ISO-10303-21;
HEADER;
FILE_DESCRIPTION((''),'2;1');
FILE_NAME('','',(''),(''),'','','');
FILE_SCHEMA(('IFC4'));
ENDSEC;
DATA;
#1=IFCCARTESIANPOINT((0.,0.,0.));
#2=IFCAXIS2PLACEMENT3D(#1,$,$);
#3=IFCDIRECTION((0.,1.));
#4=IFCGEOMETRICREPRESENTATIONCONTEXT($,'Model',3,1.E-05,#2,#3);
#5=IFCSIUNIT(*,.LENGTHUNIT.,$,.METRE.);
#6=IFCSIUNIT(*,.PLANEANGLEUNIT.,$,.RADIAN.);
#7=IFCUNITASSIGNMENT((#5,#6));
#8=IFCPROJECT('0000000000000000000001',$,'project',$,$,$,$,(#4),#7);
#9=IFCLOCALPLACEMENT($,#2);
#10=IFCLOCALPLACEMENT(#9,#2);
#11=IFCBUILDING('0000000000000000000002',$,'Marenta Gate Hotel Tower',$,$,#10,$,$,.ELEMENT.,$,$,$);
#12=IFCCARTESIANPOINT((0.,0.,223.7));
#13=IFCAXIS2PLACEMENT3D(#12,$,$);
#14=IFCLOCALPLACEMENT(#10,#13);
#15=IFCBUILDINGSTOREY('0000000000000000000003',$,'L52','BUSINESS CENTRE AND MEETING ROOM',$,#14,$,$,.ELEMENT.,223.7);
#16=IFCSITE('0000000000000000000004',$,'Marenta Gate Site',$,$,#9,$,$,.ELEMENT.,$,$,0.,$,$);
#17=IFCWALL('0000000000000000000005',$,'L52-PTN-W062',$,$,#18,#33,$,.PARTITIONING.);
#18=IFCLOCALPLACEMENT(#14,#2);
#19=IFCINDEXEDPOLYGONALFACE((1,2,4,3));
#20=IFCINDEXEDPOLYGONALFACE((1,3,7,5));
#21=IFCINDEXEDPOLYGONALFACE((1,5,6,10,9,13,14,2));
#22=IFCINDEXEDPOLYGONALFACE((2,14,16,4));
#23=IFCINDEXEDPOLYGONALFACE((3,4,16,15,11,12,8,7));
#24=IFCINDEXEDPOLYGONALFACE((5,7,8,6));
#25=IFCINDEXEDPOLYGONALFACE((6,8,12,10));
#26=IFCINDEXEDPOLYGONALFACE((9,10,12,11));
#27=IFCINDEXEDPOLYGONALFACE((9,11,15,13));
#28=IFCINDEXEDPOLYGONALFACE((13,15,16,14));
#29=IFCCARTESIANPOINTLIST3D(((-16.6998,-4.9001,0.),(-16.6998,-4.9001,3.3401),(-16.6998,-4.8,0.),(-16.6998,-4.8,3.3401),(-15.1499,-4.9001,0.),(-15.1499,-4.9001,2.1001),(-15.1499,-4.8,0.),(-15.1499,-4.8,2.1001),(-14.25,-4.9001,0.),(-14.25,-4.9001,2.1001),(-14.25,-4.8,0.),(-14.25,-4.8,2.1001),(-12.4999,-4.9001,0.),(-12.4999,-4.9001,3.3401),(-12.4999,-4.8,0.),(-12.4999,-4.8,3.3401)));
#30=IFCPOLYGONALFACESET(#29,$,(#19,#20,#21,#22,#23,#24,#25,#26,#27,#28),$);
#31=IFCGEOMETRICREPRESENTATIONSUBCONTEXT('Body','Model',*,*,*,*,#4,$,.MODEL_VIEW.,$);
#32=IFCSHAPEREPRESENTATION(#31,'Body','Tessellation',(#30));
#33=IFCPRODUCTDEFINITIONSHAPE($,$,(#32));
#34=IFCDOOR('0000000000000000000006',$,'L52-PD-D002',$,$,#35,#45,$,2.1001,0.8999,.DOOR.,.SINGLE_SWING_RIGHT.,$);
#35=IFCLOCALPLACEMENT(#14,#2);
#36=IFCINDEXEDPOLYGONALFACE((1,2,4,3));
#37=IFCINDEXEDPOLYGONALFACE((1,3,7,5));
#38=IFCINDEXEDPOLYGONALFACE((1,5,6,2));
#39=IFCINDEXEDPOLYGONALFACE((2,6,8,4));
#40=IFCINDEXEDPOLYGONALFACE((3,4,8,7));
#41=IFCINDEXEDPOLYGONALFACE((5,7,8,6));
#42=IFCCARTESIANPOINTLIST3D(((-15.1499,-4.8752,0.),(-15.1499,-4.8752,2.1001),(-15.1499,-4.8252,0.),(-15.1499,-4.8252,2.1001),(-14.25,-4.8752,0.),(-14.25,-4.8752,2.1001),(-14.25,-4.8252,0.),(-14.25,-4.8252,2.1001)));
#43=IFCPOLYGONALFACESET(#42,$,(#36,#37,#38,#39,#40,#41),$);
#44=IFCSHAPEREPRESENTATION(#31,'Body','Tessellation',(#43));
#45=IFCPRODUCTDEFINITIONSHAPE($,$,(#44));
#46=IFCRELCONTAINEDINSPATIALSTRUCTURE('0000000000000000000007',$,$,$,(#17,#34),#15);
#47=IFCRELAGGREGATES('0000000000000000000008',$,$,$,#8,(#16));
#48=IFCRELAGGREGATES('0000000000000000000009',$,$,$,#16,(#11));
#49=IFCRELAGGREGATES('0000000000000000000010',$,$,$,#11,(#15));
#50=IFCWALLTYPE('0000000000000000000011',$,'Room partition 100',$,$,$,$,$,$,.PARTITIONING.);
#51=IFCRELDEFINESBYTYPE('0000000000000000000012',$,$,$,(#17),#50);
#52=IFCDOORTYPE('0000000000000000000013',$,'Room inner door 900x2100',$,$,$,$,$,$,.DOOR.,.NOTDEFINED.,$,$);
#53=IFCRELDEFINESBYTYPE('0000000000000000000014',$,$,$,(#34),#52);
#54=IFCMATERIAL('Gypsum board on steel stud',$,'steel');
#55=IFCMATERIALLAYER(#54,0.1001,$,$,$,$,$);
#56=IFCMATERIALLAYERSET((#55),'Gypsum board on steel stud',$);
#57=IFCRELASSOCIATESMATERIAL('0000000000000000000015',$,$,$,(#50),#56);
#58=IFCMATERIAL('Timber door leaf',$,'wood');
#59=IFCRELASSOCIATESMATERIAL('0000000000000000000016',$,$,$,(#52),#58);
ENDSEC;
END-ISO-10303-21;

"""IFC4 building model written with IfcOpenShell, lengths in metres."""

from ifc_helpers import new_model, si_unit, direction, frame, frame_2d, origin, place, context, subcontext, project, spatial, rectangle, extrude, material, layer, layer_set, type_object, element, fill, save


model = new_model("IFC4")

# Units and contexts
model_context = context("Model", 3, precision=1e-05, world=origin(), true_north=direction((0.0, 1.0)))
body_context = subcontext(model_context, "Body", "Model", "MODEL_VIEW")
ifc_project = project(units=[si_unit("LENGTHUNIT", "METRE"), si_unit("PLANEANGLEUNIT", "RADIAN")], contexts=[model_context])

# Site, building, storey
site_placement = place(None, origin())
site = spatial("IfcSite", under=ifc_project, at=site_placement, Name="Marenta Gate Site", CompositionType="ELEMENT", RefElevation=0.0)
building_placement = place(site_placement, origin())
building = spatial("IfcBuilding", under=site, at=building_placement, Name="Marenta Gate Hotel Tower", CompositionType="ELEMENT")
storey_placement = place(building_placement, frame((0.0, 0.0, 223.7)))
storey = spatial("IfcBuildingStorey", under=building, at=storey_placement, Name="L52", Description="BUSINESS CENTRE AND MEETING ROOM", CompositionType="ELEMENT", Elevation=223.7)

# Wall, opening, door
ifc_material_1 = material(Name="Gypsum board on steel stud", Category="steel")
ifc_layer_1 = layer(ifc_material_1, 0.1001)
ifc_layer_set_1 = layer_set([ifc_layer_1], Name="Gypsum board on steel stud")
wall_type_1 = type_object("IfcWallType", Name="Room partition 100", PredefinedType="PARTITIONING", material=ifc_layer_set_1)
ifc_material_2 = material(Name="Timber door leaf", Category="wood")
door_type_1 = type_object("IfcDoorType", Name="Room inner door 900x2100", OperationType="NOTDEFINED", PredefinedType="DOOR", material=ifc_material_2)
wall_1_placement = place(storey_placement, frame((-16.7, -4.8501, 0.0), z_axis=(0.0, 0.0, 1.0), x_axis=(1.0, 0.0, 0.0)))
wall_1 = element("IfcWall", 1, at=wall_1_placement, inside=storey, type_object=wall_type_1, Name="L52-PTN-W062", PredefinedType="PARTITIONING", context=body_context, shape_type="SweptSolid", body=[
    extrude(rectangle(XDim=4.2, YDim=0.1001, at=frame_2d((2.1001, 0.0))), origin(), (0.0, 0.0, 1.0), 3.3401),
])
opening_1_placement = place(wall_1_placement, frame((1.55, 0.0, 0.0)))
opening_1 = element("IfcOpeningElement", 2, at=opening_1_placement, cuts=wall_1, PredefinedType="OPENING", context=body_context, shape_type="SweptSolid", body=[
    extrude(rectangle(XDim=0.8999, YDim=2.1001, at=frame_2d((0.45, 1.05))), frame((0.0, 0.05, 0.0), z_axis=(0.0, -1.0, 0.0), x_axis=(1.0, 0.0, 0.0)), (0.0, 0.0, 1.0), 0.1001),
])
door_1_placement = place(opening_1_placement, origin())
door_1 = element("IfcDoor", 3, at=door_1_placement, inside=storey, type_object=door_type_1, Name="L52-PD-D002", OperationType="SINGLE_SWING_RIGHT", OverallHeight=2.1001, OverallWidth=0.8999, PredefinedType="DOOR", context=body_context, shape_type="SweptSolid", body=[
    extrude(rectangle(XDim=0.8999, YDim=2.1001, at=frame_2d((0.45, 1.05))), frame((0.0, 0.0249, 0.0), z_axis=(0.0, -1.0, 0.0), x_axis=(1.0, 0.0, 0.0)), (0.0, 0.0, 1.0), 0.05),
])
fill(opening_1, door_1)

save(model, "model.ifc")
